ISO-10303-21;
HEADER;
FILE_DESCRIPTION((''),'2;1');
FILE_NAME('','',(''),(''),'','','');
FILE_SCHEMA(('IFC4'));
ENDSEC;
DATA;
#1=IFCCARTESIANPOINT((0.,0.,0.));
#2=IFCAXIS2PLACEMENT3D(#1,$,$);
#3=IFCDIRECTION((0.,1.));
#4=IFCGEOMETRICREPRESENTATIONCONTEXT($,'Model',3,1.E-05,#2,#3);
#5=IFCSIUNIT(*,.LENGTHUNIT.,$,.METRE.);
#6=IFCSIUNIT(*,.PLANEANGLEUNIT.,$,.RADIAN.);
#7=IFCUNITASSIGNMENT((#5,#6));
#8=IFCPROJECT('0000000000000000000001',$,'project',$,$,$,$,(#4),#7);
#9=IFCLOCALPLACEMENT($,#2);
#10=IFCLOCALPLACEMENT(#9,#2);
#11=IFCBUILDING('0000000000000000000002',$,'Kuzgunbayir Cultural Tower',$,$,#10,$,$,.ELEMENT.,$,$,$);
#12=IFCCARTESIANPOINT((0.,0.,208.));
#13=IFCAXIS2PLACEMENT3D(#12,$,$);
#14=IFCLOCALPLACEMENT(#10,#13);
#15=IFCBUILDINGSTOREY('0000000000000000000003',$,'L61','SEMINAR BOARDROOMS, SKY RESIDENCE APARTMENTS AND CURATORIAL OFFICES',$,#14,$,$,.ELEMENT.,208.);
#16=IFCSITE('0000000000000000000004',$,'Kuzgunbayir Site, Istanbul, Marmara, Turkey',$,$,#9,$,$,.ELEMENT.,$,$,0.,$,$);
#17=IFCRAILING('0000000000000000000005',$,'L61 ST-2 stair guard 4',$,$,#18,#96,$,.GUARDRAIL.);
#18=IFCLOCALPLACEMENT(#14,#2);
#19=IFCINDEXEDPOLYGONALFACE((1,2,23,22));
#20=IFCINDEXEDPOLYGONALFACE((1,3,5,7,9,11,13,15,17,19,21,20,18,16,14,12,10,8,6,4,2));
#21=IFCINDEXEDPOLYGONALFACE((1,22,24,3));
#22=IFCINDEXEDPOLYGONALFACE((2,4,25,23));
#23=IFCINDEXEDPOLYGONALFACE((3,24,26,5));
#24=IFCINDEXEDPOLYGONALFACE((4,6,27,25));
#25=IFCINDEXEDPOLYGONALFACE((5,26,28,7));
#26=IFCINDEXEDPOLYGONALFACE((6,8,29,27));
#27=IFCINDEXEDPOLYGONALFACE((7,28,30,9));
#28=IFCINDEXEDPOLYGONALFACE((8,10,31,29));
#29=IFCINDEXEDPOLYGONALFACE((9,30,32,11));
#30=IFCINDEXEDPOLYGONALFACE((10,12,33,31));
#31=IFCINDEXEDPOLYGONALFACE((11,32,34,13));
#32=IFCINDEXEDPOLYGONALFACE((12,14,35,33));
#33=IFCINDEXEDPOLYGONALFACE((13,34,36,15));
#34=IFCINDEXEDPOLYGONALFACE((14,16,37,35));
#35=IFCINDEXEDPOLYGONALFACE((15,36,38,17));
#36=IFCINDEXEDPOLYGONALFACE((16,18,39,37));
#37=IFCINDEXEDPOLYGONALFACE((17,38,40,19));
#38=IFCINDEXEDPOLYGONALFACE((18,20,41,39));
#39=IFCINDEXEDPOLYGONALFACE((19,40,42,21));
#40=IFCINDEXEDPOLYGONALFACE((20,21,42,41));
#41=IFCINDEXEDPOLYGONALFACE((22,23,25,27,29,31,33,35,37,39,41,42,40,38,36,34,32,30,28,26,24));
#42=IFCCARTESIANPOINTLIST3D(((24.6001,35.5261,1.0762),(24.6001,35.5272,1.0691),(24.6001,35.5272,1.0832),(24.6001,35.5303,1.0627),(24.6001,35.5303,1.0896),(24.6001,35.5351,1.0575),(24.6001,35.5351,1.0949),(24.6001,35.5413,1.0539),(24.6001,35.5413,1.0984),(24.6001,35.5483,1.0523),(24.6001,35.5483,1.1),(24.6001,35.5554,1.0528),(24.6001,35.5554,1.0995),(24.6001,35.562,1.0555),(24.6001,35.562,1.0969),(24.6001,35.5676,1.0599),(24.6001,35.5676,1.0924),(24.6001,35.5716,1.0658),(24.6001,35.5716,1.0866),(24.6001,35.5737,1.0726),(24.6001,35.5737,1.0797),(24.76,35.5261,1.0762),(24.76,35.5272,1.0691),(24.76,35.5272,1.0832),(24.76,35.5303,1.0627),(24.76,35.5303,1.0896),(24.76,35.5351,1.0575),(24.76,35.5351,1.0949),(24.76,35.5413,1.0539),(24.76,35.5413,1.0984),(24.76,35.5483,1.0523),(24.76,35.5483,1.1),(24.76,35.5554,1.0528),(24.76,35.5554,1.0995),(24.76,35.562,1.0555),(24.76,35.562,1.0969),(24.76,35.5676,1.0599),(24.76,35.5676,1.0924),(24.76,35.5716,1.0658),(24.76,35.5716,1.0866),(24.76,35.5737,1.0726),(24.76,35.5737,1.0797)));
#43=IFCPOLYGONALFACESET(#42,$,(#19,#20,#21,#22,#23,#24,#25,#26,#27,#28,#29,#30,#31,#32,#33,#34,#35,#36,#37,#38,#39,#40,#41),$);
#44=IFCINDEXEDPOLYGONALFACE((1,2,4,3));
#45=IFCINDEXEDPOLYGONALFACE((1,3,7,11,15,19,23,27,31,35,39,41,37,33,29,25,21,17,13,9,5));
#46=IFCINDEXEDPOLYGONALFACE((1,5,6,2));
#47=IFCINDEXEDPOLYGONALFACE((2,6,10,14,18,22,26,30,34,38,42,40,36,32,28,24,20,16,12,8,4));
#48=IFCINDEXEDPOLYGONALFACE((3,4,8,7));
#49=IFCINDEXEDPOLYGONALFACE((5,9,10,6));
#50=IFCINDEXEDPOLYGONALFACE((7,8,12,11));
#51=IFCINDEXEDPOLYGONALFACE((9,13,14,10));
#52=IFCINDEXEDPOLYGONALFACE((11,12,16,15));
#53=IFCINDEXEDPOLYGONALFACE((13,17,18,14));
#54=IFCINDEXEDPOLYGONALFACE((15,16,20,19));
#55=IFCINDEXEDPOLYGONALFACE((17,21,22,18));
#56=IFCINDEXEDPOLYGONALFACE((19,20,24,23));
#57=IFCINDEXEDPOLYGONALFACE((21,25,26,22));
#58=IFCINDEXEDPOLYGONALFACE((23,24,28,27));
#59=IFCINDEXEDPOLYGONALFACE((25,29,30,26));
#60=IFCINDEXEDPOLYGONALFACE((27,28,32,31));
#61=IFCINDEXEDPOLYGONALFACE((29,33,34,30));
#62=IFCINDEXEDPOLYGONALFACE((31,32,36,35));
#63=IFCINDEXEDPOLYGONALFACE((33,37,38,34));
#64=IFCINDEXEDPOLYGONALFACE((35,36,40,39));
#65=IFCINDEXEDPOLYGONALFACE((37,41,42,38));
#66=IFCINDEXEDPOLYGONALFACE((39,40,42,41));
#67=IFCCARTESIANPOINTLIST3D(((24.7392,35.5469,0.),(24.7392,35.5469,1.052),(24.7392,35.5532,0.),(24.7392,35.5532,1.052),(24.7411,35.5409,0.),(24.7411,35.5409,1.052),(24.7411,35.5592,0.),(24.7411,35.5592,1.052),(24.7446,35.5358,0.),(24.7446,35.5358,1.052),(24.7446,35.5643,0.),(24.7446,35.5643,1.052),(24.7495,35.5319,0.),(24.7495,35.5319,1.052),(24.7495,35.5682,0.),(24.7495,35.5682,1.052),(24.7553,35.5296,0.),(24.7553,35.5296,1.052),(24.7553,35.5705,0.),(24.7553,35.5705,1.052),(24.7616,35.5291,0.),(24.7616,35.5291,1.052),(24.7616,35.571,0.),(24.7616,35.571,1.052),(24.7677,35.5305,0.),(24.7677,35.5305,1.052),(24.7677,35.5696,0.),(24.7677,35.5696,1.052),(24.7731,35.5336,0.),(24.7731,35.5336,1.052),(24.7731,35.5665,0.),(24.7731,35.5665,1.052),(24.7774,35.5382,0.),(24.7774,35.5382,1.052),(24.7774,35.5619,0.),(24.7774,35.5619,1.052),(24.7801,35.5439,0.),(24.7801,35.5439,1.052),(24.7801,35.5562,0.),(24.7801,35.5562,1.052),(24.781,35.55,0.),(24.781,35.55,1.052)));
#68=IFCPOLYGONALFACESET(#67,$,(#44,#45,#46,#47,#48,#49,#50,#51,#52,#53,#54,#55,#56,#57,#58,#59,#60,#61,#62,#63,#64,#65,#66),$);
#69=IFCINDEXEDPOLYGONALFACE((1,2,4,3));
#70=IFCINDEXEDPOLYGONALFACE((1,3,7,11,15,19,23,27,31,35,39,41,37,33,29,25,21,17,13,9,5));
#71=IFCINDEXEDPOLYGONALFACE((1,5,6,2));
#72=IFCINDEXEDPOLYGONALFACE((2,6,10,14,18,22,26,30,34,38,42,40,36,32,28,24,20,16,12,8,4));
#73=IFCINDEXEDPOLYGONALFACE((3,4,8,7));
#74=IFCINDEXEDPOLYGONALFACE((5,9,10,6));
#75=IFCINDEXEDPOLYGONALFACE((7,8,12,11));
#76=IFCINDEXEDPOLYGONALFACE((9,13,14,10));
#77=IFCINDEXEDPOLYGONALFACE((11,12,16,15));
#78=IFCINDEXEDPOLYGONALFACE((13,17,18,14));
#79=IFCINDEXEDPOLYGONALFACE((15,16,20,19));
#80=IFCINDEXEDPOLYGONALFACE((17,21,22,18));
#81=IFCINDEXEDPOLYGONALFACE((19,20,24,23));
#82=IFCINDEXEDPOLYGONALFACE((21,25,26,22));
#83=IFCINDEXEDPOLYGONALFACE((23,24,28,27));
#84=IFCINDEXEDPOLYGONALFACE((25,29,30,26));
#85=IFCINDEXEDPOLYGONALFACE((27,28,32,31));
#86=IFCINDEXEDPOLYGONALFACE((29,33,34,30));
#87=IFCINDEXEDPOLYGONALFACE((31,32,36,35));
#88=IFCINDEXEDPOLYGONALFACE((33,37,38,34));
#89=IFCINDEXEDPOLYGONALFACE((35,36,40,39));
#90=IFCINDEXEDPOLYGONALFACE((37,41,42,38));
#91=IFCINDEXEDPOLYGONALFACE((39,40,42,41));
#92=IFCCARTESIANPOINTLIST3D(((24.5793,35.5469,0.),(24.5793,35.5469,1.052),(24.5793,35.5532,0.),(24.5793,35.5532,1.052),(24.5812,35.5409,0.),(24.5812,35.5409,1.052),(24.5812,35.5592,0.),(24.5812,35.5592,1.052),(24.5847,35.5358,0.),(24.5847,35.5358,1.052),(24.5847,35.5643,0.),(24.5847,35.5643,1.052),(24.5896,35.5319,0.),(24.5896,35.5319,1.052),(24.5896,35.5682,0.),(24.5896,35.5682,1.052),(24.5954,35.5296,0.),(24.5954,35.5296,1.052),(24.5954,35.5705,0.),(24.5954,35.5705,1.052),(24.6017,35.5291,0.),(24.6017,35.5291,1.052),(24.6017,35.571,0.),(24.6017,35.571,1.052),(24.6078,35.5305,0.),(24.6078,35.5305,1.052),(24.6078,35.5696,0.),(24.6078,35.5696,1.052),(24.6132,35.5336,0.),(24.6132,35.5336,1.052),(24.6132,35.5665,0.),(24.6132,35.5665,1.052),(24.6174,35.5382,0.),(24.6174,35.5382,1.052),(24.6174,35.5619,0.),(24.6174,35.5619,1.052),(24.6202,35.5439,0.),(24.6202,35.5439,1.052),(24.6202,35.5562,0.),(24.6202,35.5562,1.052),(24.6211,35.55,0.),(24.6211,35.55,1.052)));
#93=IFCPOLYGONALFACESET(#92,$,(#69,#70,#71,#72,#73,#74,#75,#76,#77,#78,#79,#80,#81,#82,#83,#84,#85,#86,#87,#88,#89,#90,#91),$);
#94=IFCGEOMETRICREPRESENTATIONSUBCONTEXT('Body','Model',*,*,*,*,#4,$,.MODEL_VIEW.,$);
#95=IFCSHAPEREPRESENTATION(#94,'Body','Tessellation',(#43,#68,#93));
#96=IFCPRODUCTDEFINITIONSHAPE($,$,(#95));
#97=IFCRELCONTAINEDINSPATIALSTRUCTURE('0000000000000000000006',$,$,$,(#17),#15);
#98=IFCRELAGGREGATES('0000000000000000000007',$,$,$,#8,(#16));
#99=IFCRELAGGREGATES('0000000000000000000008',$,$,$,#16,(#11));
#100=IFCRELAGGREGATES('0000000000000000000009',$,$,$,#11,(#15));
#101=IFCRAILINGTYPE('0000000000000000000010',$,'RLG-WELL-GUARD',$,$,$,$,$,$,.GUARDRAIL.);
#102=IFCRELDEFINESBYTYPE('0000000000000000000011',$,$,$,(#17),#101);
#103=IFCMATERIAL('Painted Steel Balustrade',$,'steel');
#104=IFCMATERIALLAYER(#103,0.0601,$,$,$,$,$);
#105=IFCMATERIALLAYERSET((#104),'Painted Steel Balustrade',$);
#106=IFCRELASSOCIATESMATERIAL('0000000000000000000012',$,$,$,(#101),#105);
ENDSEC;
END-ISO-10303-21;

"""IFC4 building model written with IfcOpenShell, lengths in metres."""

from ifc_helpers import new_model, si_unit, direction, frame, origin, origin_2d, place, context, subcontext, project, spatial, circle, extrude, material, layer, layer_set, type_object, element, save


model = new_model("IFC4")

# Units and contexts
model_context = context("Model", 3, precision=1e-05, world=origin(), true_north=direction((0.0, 1.0)))
body_context = subcontext(model_context, "Body", "Model", "MODEL_VIEW")
ifc_project = project(units=[si_unit("LENGTHUNIT", "METRE"), si_unit("PLANEANGLEUNIT", "RADIAN")], contexts=[model_context])

# Site, building, storey
site_placement = place(None, origin())
site = spatial("IfcSite", under=ifc_project, at=site_placement, Name="Kuzgunbayir Site, Istanbul, Marmara, Turkey", CompositionType="ELEMENT", RefElevation=0.0)
building_placement = place(site_placement, origin())
building = spatial("IfcBuilding", under=site, at=building_placement, Name="Kuzgunbayir Cultural Tower", CompositionType="ELEMENT")
storey_placement = place(building_placement, frame((0.0, 0.0, 208.0)))
storey = spatial("IfcBuildingStorey", under=building, at=storey_placement, Name="L61", Description="SEMINAR BOARDROOMS, SKY RESIDENCE APARTMENTS AND CURATORIAL OFFICES", CompositionType="ELEMENT", Elevation=208.0)

# Railing
ifc_material_1 = material(Name="Painted Steel Balustrade", Category="steel")
ifc_layer_1 = layer(ifc_material_1, 0.0601)
ifc_layer_set_1 = layer_set([ifc_layer_1], Name="Painted Steel Balustrade")
railing_type_1 = type_object("IfcRailingType", Name="RLG-WELL-GUARD", PredefinedType="GUARDRAIL", material=ifc_layer_set_1)
railing_1_placement = place(storey_placement, frame((24.76, 35.55, 0.0)))
element("IfcRailing", 1, at=railing_1_placement, inside=storey, type_object=railing_type_1, Name="L61 ST-2 stair guard 4", PredefinedType="GUARDRAIL", context=body_context, shape_type="SweptSolid", body=[
    extrude(circle(Radius=0.0239, at=origin_2d()), frame((0.0, 0.0, 1.0762), z_axis=(-1.0, 0.0, 0.0), x_axis=(0.0, -1.0, 0.0)), (0.0, 0.0, 1.0), 0.1599),
    extrude(circle(Radius=0.021, at=origin_2d()), origin(), (0.0, 0.0, 1.0), 1.052),
    extrude(circle(Radius=0.021, at=origin_2d()), frame((-0.1599, 0.0, 0.0)), (0.0, 0.0, 1.0), 1.052),
])

save(model, "model.ifc")
